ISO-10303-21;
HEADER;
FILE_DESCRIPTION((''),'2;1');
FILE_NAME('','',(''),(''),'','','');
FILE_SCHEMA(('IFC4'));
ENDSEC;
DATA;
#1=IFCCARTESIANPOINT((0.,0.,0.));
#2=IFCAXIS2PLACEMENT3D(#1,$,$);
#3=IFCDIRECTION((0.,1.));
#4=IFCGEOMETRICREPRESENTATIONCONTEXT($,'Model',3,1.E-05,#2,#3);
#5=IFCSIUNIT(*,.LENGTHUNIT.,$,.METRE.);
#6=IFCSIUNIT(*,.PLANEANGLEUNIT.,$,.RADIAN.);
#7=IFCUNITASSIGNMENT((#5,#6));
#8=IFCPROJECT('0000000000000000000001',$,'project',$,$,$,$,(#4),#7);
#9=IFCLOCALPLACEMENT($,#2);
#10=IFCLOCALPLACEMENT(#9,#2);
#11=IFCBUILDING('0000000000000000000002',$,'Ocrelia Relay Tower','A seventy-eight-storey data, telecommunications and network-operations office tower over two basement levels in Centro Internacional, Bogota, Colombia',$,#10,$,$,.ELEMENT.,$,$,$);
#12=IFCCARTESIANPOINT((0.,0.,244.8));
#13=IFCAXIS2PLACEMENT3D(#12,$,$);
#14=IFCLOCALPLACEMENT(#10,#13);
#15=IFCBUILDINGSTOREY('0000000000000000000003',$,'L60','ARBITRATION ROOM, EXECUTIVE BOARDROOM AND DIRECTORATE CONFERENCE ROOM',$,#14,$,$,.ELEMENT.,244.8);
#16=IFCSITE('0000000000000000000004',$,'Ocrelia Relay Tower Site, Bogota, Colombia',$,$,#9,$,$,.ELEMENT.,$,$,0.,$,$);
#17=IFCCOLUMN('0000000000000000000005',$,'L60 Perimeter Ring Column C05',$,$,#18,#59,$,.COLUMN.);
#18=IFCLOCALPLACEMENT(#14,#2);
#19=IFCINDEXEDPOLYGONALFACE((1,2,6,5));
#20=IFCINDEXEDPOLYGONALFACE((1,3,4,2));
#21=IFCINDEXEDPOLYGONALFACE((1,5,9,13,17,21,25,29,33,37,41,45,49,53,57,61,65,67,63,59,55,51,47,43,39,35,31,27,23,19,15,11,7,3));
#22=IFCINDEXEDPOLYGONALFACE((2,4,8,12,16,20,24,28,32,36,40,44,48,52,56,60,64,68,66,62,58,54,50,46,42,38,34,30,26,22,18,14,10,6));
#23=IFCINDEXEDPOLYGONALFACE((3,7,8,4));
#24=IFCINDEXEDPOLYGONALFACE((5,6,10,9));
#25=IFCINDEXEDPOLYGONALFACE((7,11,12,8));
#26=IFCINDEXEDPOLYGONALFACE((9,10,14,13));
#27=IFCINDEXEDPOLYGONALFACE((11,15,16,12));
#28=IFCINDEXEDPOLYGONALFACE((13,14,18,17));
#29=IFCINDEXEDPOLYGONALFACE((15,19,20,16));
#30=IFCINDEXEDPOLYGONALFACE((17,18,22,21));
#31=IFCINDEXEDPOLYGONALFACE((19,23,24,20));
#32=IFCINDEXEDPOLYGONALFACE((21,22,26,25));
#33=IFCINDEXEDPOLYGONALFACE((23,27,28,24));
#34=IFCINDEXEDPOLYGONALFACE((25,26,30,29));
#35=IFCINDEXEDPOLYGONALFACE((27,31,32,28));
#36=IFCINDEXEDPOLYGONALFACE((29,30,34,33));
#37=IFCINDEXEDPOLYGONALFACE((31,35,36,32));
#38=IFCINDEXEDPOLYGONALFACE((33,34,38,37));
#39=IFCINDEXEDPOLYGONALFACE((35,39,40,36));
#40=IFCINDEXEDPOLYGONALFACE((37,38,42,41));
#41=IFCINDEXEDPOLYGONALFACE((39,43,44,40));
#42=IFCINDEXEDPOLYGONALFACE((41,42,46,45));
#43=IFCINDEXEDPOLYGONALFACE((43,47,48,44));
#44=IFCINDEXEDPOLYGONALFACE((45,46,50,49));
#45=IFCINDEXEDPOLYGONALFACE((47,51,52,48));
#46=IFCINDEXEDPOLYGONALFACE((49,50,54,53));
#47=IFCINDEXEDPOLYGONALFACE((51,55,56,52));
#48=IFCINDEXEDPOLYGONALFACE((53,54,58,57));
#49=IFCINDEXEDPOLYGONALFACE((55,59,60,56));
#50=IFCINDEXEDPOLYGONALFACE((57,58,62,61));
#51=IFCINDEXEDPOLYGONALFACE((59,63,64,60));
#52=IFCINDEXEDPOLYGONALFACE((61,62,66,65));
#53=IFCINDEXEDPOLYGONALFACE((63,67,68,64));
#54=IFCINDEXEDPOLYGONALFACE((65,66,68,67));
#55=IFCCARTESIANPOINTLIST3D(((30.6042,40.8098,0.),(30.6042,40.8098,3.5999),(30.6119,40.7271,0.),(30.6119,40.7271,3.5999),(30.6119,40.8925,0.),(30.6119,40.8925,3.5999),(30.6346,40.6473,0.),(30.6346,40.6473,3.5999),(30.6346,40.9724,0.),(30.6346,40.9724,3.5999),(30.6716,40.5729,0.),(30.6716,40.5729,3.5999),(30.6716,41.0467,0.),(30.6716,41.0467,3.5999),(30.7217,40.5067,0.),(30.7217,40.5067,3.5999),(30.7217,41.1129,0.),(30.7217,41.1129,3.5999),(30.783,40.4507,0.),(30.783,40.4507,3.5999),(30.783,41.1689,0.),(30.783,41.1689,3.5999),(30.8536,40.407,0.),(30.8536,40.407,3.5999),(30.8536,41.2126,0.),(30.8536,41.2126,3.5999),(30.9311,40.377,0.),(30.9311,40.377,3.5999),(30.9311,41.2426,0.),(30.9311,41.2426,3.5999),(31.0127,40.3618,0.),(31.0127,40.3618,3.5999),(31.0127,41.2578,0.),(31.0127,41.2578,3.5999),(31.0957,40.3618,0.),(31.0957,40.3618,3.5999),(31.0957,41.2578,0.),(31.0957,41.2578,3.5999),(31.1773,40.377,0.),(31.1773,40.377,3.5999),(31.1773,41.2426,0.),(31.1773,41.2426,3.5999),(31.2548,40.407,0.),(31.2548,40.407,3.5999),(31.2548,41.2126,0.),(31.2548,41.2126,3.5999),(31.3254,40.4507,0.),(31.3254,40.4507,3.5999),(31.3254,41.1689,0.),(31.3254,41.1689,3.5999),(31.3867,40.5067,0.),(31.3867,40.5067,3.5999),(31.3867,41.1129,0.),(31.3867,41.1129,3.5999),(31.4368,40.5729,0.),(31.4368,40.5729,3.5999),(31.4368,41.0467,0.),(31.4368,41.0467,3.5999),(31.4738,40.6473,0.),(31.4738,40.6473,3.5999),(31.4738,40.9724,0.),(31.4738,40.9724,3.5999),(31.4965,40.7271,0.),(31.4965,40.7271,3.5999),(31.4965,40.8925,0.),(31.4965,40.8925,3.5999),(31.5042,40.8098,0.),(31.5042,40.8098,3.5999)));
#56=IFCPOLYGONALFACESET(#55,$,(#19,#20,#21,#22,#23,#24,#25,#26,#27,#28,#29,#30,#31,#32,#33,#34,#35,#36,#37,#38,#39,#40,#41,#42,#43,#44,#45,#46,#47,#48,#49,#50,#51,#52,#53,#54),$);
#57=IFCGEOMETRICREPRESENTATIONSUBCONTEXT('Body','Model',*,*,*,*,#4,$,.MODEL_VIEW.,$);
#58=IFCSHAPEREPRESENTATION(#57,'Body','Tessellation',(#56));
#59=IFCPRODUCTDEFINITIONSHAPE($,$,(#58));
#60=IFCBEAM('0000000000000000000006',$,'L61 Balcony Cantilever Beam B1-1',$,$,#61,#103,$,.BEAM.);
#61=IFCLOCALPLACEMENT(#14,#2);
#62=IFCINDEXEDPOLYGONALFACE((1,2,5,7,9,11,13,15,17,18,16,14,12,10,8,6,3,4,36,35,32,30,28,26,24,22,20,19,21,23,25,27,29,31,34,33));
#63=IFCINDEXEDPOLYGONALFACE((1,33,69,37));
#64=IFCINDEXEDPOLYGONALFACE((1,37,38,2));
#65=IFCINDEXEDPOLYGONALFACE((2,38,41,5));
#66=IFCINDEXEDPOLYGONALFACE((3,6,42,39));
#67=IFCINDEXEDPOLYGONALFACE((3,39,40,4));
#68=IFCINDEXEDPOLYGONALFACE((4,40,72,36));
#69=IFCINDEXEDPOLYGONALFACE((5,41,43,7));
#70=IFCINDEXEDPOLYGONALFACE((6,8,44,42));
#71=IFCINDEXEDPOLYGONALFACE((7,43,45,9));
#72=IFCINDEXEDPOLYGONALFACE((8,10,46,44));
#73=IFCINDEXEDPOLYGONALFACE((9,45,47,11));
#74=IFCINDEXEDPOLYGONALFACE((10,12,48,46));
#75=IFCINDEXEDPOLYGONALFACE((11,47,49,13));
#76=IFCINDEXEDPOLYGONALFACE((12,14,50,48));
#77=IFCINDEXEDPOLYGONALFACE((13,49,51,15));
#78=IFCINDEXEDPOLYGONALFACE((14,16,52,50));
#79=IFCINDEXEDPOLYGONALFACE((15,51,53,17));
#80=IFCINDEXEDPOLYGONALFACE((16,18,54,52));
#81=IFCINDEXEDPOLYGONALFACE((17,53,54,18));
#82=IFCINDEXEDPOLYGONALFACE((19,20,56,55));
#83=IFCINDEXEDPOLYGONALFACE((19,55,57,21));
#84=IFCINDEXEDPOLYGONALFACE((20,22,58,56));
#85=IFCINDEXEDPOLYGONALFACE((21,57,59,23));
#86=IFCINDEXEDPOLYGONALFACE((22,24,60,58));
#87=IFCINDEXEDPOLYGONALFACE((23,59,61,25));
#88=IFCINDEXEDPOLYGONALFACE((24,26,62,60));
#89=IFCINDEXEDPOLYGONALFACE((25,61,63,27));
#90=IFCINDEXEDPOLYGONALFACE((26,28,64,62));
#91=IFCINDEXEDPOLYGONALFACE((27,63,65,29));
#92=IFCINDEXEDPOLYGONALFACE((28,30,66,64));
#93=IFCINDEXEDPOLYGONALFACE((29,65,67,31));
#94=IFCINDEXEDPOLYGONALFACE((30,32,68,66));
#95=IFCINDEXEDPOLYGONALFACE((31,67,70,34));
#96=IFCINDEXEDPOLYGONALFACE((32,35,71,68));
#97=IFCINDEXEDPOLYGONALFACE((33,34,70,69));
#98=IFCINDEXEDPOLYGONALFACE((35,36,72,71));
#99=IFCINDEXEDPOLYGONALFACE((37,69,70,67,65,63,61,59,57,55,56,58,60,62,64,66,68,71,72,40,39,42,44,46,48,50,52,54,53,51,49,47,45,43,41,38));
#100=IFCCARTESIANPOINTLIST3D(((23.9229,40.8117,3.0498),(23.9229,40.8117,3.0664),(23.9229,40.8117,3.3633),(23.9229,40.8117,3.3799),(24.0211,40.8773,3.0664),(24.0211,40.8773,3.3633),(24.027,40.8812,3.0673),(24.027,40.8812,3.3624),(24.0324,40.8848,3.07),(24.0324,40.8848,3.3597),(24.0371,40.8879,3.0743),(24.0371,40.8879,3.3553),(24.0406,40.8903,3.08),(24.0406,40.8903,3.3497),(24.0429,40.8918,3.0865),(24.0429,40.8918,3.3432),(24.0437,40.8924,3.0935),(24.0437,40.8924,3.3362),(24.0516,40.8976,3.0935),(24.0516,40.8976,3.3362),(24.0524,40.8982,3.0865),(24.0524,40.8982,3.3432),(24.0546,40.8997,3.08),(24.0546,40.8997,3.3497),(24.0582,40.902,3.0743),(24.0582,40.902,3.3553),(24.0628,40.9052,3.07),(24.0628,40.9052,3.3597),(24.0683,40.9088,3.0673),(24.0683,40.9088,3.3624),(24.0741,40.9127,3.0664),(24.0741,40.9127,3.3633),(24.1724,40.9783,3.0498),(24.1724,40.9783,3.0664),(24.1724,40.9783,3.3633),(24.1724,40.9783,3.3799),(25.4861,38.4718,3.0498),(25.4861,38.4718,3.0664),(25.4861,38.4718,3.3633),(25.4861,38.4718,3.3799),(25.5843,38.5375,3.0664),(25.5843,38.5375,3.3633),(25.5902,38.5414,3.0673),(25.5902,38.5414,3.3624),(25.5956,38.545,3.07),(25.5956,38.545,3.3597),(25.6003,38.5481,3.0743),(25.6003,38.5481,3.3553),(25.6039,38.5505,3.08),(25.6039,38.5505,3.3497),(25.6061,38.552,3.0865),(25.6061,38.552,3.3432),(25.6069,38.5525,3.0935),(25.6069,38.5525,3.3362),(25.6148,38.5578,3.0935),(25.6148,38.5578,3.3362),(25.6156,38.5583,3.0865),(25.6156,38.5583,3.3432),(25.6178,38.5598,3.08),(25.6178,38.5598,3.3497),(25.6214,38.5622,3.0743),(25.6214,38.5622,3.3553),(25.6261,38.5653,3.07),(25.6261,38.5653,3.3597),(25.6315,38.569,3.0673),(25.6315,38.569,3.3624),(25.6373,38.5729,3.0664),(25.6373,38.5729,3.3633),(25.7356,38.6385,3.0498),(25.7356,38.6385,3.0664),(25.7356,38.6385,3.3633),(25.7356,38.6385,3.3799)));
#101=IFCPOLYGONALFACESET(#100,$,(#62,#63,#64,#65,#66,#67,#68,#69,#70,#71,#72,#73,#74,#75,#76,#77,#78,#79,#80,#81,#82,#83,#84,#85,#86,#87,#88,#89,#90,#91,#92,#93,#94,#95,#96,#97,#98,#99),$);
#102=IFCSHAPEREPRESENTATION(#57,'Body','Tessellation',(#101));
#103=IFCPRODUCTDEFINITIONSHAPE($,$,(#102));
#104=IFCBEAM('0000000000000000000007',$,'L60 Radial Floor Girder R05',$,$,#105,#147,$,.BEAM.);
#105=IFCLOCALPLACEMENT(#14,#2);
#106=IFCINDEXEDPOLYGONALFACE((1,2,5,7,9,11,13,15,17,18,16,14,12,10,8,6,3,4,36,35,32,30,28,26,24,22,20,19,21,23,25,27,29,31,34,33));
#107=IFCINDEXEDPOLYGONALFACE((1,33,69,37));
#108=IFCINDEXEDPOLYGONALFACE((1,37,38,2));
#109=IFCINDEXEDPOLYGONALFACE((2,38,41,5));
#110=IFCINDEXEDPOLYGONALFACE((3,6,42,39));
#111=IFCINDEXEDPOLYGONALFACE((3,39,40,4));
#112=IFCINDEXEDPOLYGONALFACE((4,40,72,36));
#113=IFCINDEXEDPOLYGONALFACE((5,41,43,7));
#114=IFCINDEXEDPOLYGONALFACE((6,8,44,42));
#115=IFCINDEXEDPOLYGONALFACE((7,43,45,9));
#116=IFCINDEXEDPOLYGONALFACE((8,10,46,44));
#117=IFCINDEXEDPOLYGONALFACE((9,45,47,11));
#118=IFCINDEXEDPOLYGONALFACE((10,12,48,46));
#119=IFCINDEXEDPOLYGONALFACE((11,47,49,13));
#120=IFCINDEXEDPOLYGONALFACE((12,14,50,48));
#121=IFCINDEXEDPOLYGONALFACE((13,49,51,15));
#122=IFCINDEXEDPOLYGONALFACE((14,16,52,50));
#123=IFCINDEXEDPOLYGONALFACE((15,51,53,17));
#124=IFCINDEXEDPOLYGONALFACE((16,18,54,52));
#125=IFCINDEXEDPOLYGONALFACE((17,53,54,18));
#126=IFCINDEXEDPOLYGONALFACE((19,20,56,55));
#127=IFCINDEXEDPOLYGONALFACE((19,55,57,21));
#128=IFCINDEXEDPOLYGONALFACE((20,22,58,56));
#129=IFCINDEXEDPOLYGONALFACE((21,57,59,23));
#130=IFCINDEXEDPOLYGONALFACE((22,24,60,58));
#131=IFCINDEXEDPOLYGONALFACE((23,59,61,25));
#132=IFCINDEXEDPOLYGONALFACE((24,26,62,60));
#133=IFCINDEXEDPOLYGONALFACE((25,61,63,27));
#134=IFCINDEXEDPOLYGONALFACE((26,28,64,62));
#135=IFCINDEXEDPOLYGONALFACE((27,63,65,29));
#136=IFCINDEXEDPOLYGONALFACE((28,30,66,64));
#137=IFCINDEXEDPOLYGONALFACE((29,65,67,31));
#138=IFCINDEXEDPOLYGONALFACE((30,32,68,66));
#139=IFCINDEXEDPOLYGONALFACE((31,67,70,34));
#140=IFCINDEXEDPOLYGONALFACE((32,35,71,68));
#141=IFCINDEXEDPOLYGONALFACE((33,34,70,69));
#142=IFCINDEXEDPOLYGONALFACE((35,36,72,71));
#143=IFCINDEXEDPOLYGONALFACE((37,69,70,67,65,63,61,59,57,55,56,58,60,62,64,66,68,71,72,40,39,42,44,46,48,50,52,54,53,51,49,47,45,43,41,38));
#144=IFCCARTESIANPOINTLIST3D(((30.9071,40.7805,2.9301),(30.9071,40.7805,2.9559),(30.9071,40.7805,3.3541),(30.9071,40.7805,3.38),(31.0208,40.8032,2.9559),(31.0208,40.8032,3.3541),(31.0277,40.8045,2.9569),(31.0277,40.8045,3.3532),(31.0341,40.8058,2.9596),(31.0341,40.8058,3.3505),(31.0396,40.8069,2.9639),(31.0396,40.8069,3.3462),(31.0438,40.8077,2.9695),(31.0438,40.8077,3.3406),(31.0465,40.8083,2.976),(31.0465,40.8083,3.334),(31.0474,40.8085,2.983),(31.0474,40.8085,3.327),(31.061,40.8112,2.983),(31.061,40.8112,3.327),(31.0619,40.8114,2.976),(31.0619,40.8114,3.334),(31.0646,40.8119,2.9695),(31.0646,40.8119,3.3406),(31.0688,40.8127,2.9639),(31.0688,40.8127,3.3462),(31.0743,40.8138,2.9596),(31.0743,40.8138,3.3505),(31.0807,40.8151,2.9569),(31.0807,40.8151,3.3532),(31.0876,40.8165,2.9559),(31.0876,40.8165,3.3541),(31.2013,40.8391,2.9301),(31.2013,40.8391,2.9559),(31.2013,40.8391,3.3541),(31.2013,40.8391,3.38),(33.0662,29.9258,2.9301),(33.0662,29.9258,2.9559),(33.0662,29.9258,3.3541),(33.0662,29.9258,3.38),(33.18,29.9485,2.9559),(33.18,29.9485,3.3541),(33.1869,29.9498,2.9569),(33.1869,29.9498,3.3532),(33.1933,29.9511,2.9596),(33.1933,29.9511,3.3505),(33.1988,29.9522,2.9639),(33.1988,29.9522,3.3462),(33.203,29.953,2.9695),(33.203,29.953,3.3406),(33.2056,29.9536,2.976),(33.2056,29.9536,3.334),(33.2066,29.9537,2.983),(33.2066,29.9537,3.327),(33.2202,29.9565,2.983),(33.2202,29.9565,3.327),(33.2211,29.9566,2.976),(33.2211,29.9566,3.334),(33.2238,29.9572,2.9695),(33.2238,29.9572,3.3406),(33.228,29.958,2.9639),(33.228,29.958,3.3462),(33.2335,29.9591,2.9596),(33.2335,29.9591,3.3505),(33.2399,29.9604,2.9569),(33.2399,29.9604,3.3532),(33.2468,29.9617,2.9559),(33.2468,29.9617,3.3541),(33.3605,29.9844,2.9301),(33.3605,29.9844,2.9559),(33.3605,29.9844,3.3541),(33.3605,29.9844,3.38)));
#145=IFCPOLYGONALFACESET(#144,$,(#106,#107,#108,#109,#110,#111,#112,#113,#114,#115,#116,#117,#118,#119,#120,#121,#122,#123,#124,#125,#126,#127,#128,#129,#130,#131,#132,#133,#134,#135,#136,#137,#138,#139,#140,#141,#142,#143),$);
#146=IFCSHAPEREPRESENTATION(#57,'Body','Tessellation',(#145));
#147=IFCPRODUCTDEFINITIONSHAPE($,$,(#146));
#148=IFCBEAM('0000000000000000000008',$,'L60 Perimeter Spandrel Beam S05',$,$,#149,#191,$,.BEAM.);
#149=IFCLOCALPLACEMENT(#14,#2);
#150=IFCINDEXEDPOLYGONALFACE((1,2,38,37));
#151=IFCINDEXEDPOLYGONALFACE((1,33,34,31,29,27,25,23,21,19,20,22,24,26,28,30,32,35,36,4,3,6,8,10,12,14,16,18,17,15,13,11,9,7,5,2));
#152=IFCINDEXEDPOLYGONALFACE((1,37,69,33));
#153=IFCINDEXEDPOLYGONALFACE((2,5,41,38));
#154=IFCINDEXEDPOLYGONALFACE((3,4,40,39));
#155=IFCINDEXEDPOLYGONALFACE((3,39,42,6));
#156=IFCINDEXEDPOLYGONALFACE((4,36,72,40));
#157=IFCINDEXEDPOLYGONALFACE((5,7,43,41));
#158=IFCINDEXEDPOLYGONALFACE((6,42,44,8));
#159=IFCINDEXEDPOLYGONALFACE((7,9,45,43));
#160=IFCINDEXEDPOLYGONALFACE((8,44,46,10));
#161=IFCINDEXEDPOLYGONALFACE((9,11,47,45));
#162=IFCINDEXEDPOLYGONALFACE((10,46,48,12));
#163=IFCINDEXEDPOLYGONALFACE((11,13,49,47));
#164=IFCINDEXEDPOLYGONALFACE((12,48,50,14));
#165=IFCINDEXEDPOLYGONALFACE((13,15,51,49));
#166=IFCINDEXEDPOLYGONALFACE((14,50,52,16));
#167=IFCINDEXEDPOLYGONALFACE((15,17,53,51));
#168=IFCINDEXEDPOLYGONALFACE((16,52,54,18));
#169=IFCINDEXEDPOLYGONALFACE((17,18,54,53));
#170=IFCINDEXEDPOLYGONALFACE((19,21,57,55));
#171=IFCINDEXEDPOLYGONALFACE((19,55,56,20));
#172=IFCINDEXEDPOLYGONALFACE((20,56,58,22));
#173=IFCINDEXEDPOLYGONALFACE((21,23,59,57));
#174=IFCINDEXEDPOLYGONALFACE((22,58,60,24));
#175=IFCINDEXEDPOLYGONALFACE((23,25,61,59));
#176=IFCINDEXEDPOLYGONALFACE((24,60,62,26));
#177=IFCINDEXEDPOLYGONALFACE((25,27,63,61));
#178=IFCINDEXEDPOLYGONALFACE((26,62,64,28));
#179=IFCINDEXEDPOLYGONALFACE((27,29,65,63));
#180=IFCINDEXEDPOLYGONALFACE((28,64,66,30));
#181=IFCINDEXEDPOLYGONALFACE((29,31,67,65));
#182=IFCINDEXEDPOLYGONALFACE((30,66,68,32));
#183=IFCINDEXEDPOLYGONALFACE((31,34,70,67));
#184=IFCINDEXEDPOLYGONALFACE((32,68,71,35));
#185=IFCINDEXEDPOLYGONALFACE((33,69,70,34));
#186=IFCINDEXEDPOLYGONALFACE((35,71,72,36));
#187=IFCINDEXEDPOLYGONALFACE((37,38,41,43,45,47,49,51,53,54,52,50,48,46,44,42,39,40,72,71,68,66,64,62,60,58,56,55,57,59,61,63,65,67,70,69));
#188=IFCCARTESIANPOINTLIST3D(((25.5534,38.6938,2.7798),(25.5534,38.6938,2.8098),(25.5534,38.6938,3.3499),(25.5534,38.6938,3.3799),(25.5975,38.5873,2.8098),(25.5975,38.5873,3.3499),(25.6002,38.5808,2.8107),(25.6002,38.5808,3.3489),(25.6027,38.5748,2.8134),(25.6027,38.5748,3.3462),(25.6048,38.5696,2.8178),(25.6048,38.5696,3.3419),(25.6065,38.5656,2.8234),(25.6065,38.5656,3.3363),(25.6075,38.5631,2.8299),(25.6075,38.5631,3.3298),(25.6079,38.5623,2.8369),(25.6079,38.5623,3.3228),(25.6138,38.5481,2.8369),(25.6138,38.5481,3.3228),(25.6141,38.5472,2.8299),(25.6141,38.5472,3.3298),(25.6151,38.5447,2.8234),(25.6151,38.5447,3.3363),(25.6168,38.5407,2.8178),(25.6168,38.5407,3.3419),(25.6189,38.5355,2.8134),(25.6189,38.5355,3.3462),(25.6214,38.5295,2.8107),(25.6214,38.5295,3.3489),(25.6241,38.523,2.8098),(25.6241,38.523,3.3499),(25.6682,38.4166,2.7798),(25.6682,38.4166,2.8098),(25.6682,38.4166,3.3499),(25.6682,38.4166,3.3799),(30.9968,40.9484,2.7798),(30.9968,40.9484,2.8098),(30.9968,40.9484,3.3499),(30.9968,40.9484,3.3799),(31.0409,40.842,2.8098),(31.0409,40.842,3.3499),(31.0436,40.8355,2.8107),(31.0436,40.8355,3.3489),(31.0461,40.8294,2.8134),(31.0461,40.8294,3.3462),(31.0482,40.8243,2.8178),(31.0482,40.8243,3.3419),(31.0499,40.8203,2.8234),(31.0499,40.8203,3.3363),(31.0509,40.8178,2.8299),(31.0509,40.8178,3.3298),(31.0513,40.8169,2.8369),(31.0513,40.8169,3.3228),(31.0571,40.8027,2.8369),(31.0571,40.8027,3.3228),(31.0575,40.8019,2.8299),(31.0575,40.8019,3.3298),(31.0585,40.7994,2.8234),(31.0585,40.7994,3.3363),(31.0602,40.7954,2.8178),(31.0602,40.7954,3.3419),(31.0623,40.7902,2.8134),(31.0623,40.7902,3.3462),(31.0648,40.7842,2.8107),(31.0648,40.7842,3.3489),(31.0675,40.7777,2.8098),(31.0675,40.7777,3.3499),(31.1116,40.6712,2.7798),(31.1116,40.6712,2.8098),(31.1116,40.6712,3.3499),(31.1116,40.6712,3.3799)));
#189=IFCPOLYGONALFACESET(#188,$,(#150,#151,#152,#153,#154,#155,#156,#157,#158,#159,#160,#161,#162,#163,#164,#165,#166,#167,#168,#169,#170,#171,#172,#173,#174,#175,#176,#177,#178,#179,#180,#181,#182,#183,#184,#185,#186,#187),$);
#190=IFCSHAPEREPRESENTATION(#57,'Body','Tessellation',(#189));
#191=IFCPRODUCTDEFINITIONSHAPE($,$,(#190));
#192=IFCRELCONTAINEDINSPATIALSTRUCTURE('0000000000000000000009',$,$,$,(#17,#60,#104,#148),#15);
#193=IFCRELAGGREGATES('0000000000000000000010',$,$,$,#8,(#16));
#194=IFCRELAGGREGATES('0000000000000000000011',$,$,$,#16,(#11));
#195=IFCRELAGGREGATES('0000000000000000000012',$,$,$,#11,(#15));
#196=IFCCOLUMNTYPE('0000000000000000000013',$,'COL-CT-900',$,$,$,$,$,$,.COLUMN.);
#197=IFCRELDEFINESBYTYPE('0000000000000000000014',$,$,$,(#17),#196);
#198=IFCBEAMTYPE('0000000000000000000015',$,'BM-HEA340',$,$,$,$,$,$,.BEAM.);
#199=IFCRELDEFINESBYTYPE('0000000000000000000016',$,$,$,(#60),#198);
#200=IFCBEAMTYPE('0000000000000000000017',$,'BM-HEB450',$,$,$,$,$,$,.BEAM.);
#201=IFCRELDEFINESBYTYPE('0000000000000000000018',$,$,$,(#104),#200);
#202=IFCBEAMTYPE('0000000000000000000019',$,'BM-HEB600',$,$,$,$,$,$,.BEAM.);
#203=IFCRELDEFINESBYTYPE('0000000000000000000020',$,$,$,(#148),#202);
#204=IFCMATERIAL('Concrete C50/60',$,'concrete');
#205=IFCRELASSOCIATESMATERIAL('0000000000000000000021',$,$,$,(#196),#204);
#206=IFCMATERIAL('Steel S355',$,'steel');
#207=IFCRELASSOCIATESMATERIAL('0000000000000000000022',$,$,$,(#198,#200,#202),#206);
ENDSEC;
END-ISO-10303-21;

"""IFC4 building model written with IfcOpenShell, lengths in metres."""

from ifc_helpers import new_model, si_unit, direction, frame, origin, origin_2d, place, context, subcontext, project, spatial, circle, i_section, extrude, material, material_profile, profile_set, type_object, element, save


model = new_model("IFC4")

# Units and contexts
model_context = context("Model", 3, precision=1e-05, world=origin(), true_north=direction((0.0, 1.0)))
body_context = subcontext(model_context, "Body", "Model", "MODEL_VIEW")
ifc_project = project(units=[si_unit("LENGTHUNIT", "METRE"), si_unit("PLANEANGLEUNIT", "RADIAN")], contexts=[model_context])

# Site, building, storey
site_placement = place(None, origin())
site = spatial("IfcSite", under=ifc_project, at=site_placement, Name="Ocrelia Relay Tower Site, Bogota, Colombia", CompositionType="ELEMENT", RefElevation=0.0)
building_placement = place(site_placement, origin())
building = spatial("IfcBuilding", under=site, at=building_placement, Name="Ocrelia Relay Tower", Description="A seventy-eight-storey data, telecommunications and network-operations office tower over two basement levels in Centro Internacional, Bogota, Colombia", CompositionType="ELEMENT")
storey_placement = place(building_placement, frame((0.0, 0.0, 244.8)))
storey = spatial("IfcBuildingStorey", under=building, at=storey_placement, Name="L60", Description="ARBITRATION ROOM, EXECUTIVE BOARDROOM AND DIRECTORATE CONFERENCE ROOM", CompositionType="ELEMENT", Elevation=244.8)

# Column
ifc_material_1 = material(Name="Concrete C50/60", Category="concrete")
ifc_material_profile_1 = material_profile(ifc_material_1, circle(Radius=0.45, at=origin_2d()), Name="RC-CIR-900")
ifc_profile_set_1 = profile_set([ifc_material_profile_1], Name="Concrete C50/60")
column_type = type_object("IfcColumnType", Name="COL-CT-900", PredefinedType="COLUMN", material=ifc_profile_set_1)
column_placement = place(storey_placement, frame((31.0542, 40.8098, 0.0), z_axis=(0.0, 0.0, 1.0), x_axis=(1.0, 0.0, 0.0)))
element("IfcColumn", 1, at=column_placement, inside=storey, type_object=column_type, Name="L60 Perimeter Ring Column C05", PredefinedType="COLUMN", context=body_context, shape_type="SweptSolid", body=[
    extrude(circle(Radius=0.45, at=origin_2d()), origin(), (0.0, 0.0, 1.0), 3.5999),
])

# Beams
ifc_material_2 = material(Name="Steel S355", Category="steel")
ifc_material_profile_2 = material_profile(ifc_material_2, i_section(OverallWidth=0.3, OverallDepth=0.3301, WebThickness=0.0095, FlangeThickness=0.0166, FilletRadius=0.0271, at=origin_2d()), Name="HEA 340")
ifc_profile_set_2 = profile_set([ifc_material_profile_2], Name="Steel S355")
beam_type_1 = type_object("IfcBeamType", Name="BM-HEA340", PredefinedType="BEAM", material=ifc_profile_set_2)
beam_1_placement = place(storey_placement, frame((25.6108, 38.5552, 3.2148), z_axis=(-0.555521, 0.831503, 0.0), x_axis=(-0.831503, -0.555521, 0.0)))
element("IfcBeam", 2, at=beam_1_placement, inside=storey, type_object=beam_type_1, Name="L61 Balcony Cantilever Beam B1-1", PredefinedType="BEAM", context=body_context, shape_type="SweptSolid", body=[
    extrude(i_section(OverallWidth=0.3, OverallDepth=0.3301, WebThickness=0.0095, FlangeThickness=0.0166, FilletRadius=0.0271, at=origin_2d()), origin(), (0.0, 0.0, 1.0), 2.814),
])
ifc_material_profile_3 = material_profile(ifc_material_2, i_section(OverallWidth=0.3, OverallDepth=0.45, WebThickness=0.0139, FlangeThickness=0.0259, FilletRadius=0.0271, at=origin_2d()), Name="HEB 450")
ifc_profile_set_3 = profile_set([ifc_material_profile_3], Name="Steel S355")
beam_type_2 = type_object("IfcBeamType", Name="BM-HEB450", PredefinedType="BEAM", material=ifc_profile_set_3)
beam_2_placement = place(storey_placement, frame((31.0542, 40.8098, 3.155), z_axis=(0.195094, -0.980785, 0.0), x_axis=(0.980785, 0.195094, 0.0)))
element("IfcBeam", 3, at=beam_2_placement, inside=storey, type_object=beam_type_2, Name="L60 Radial Floor Girder R05", PredefinedType="BEAM", context=body_context, shape_type="SweptSolid", body=[
    extrude(i_section(OverallWidth=0.3, OverallDepth=0.45, WebThickness=0.0139, FlangeThickness=0.0259, FilletRadius=0.0271, at=origin_2d()), origin(), (0.0, 0.0, 1.0), 11.0674),
])
ifc_material_profile_4 = material_profile(ifc_material_2, i_section(OverallWidth=0.3, OverallDepth=0.6001, WebThickness=0.0154, FlangeThickness=0.03, FilletRadius=0.0271, at=origin_2d()), Name="HEB 600")
ifc_profile_set_4 = profile_set([ifc_material_profile_4], Name="Steel S355")
beam_type_3 = type_object("IfcBeamType", Name="BM-HEB600", PredefinedType="BEAM", material=ifc_profile_set_4)
beam_3_placement = place(storey_placement, frame((31.0542, 40.8098, 3.0798), z_axis=(-0.923884, -0.382673, 0.0), x_axis=(0.382673, -0.923884, 0.0)))
element("IfcBeam", 4, at=beam_3_placement, inside=storey, type_object=beam_type_3, Name="L60 Perimeter Spandrel Beam S05", PredefinedType="BEAM", context=body_context, shape_type="SweptSolid", body=[
    extrude(i_section(OverallWidth=0.3, OverallDepth=0.6001, WebThickness=0.0154, FlangeThickness=0.03, FilletRadius=0.0271, at=origin_2d()), origin(), (0.0, 0.0, 1.0), 5.8918),
])

save(model, "model.ifc")
